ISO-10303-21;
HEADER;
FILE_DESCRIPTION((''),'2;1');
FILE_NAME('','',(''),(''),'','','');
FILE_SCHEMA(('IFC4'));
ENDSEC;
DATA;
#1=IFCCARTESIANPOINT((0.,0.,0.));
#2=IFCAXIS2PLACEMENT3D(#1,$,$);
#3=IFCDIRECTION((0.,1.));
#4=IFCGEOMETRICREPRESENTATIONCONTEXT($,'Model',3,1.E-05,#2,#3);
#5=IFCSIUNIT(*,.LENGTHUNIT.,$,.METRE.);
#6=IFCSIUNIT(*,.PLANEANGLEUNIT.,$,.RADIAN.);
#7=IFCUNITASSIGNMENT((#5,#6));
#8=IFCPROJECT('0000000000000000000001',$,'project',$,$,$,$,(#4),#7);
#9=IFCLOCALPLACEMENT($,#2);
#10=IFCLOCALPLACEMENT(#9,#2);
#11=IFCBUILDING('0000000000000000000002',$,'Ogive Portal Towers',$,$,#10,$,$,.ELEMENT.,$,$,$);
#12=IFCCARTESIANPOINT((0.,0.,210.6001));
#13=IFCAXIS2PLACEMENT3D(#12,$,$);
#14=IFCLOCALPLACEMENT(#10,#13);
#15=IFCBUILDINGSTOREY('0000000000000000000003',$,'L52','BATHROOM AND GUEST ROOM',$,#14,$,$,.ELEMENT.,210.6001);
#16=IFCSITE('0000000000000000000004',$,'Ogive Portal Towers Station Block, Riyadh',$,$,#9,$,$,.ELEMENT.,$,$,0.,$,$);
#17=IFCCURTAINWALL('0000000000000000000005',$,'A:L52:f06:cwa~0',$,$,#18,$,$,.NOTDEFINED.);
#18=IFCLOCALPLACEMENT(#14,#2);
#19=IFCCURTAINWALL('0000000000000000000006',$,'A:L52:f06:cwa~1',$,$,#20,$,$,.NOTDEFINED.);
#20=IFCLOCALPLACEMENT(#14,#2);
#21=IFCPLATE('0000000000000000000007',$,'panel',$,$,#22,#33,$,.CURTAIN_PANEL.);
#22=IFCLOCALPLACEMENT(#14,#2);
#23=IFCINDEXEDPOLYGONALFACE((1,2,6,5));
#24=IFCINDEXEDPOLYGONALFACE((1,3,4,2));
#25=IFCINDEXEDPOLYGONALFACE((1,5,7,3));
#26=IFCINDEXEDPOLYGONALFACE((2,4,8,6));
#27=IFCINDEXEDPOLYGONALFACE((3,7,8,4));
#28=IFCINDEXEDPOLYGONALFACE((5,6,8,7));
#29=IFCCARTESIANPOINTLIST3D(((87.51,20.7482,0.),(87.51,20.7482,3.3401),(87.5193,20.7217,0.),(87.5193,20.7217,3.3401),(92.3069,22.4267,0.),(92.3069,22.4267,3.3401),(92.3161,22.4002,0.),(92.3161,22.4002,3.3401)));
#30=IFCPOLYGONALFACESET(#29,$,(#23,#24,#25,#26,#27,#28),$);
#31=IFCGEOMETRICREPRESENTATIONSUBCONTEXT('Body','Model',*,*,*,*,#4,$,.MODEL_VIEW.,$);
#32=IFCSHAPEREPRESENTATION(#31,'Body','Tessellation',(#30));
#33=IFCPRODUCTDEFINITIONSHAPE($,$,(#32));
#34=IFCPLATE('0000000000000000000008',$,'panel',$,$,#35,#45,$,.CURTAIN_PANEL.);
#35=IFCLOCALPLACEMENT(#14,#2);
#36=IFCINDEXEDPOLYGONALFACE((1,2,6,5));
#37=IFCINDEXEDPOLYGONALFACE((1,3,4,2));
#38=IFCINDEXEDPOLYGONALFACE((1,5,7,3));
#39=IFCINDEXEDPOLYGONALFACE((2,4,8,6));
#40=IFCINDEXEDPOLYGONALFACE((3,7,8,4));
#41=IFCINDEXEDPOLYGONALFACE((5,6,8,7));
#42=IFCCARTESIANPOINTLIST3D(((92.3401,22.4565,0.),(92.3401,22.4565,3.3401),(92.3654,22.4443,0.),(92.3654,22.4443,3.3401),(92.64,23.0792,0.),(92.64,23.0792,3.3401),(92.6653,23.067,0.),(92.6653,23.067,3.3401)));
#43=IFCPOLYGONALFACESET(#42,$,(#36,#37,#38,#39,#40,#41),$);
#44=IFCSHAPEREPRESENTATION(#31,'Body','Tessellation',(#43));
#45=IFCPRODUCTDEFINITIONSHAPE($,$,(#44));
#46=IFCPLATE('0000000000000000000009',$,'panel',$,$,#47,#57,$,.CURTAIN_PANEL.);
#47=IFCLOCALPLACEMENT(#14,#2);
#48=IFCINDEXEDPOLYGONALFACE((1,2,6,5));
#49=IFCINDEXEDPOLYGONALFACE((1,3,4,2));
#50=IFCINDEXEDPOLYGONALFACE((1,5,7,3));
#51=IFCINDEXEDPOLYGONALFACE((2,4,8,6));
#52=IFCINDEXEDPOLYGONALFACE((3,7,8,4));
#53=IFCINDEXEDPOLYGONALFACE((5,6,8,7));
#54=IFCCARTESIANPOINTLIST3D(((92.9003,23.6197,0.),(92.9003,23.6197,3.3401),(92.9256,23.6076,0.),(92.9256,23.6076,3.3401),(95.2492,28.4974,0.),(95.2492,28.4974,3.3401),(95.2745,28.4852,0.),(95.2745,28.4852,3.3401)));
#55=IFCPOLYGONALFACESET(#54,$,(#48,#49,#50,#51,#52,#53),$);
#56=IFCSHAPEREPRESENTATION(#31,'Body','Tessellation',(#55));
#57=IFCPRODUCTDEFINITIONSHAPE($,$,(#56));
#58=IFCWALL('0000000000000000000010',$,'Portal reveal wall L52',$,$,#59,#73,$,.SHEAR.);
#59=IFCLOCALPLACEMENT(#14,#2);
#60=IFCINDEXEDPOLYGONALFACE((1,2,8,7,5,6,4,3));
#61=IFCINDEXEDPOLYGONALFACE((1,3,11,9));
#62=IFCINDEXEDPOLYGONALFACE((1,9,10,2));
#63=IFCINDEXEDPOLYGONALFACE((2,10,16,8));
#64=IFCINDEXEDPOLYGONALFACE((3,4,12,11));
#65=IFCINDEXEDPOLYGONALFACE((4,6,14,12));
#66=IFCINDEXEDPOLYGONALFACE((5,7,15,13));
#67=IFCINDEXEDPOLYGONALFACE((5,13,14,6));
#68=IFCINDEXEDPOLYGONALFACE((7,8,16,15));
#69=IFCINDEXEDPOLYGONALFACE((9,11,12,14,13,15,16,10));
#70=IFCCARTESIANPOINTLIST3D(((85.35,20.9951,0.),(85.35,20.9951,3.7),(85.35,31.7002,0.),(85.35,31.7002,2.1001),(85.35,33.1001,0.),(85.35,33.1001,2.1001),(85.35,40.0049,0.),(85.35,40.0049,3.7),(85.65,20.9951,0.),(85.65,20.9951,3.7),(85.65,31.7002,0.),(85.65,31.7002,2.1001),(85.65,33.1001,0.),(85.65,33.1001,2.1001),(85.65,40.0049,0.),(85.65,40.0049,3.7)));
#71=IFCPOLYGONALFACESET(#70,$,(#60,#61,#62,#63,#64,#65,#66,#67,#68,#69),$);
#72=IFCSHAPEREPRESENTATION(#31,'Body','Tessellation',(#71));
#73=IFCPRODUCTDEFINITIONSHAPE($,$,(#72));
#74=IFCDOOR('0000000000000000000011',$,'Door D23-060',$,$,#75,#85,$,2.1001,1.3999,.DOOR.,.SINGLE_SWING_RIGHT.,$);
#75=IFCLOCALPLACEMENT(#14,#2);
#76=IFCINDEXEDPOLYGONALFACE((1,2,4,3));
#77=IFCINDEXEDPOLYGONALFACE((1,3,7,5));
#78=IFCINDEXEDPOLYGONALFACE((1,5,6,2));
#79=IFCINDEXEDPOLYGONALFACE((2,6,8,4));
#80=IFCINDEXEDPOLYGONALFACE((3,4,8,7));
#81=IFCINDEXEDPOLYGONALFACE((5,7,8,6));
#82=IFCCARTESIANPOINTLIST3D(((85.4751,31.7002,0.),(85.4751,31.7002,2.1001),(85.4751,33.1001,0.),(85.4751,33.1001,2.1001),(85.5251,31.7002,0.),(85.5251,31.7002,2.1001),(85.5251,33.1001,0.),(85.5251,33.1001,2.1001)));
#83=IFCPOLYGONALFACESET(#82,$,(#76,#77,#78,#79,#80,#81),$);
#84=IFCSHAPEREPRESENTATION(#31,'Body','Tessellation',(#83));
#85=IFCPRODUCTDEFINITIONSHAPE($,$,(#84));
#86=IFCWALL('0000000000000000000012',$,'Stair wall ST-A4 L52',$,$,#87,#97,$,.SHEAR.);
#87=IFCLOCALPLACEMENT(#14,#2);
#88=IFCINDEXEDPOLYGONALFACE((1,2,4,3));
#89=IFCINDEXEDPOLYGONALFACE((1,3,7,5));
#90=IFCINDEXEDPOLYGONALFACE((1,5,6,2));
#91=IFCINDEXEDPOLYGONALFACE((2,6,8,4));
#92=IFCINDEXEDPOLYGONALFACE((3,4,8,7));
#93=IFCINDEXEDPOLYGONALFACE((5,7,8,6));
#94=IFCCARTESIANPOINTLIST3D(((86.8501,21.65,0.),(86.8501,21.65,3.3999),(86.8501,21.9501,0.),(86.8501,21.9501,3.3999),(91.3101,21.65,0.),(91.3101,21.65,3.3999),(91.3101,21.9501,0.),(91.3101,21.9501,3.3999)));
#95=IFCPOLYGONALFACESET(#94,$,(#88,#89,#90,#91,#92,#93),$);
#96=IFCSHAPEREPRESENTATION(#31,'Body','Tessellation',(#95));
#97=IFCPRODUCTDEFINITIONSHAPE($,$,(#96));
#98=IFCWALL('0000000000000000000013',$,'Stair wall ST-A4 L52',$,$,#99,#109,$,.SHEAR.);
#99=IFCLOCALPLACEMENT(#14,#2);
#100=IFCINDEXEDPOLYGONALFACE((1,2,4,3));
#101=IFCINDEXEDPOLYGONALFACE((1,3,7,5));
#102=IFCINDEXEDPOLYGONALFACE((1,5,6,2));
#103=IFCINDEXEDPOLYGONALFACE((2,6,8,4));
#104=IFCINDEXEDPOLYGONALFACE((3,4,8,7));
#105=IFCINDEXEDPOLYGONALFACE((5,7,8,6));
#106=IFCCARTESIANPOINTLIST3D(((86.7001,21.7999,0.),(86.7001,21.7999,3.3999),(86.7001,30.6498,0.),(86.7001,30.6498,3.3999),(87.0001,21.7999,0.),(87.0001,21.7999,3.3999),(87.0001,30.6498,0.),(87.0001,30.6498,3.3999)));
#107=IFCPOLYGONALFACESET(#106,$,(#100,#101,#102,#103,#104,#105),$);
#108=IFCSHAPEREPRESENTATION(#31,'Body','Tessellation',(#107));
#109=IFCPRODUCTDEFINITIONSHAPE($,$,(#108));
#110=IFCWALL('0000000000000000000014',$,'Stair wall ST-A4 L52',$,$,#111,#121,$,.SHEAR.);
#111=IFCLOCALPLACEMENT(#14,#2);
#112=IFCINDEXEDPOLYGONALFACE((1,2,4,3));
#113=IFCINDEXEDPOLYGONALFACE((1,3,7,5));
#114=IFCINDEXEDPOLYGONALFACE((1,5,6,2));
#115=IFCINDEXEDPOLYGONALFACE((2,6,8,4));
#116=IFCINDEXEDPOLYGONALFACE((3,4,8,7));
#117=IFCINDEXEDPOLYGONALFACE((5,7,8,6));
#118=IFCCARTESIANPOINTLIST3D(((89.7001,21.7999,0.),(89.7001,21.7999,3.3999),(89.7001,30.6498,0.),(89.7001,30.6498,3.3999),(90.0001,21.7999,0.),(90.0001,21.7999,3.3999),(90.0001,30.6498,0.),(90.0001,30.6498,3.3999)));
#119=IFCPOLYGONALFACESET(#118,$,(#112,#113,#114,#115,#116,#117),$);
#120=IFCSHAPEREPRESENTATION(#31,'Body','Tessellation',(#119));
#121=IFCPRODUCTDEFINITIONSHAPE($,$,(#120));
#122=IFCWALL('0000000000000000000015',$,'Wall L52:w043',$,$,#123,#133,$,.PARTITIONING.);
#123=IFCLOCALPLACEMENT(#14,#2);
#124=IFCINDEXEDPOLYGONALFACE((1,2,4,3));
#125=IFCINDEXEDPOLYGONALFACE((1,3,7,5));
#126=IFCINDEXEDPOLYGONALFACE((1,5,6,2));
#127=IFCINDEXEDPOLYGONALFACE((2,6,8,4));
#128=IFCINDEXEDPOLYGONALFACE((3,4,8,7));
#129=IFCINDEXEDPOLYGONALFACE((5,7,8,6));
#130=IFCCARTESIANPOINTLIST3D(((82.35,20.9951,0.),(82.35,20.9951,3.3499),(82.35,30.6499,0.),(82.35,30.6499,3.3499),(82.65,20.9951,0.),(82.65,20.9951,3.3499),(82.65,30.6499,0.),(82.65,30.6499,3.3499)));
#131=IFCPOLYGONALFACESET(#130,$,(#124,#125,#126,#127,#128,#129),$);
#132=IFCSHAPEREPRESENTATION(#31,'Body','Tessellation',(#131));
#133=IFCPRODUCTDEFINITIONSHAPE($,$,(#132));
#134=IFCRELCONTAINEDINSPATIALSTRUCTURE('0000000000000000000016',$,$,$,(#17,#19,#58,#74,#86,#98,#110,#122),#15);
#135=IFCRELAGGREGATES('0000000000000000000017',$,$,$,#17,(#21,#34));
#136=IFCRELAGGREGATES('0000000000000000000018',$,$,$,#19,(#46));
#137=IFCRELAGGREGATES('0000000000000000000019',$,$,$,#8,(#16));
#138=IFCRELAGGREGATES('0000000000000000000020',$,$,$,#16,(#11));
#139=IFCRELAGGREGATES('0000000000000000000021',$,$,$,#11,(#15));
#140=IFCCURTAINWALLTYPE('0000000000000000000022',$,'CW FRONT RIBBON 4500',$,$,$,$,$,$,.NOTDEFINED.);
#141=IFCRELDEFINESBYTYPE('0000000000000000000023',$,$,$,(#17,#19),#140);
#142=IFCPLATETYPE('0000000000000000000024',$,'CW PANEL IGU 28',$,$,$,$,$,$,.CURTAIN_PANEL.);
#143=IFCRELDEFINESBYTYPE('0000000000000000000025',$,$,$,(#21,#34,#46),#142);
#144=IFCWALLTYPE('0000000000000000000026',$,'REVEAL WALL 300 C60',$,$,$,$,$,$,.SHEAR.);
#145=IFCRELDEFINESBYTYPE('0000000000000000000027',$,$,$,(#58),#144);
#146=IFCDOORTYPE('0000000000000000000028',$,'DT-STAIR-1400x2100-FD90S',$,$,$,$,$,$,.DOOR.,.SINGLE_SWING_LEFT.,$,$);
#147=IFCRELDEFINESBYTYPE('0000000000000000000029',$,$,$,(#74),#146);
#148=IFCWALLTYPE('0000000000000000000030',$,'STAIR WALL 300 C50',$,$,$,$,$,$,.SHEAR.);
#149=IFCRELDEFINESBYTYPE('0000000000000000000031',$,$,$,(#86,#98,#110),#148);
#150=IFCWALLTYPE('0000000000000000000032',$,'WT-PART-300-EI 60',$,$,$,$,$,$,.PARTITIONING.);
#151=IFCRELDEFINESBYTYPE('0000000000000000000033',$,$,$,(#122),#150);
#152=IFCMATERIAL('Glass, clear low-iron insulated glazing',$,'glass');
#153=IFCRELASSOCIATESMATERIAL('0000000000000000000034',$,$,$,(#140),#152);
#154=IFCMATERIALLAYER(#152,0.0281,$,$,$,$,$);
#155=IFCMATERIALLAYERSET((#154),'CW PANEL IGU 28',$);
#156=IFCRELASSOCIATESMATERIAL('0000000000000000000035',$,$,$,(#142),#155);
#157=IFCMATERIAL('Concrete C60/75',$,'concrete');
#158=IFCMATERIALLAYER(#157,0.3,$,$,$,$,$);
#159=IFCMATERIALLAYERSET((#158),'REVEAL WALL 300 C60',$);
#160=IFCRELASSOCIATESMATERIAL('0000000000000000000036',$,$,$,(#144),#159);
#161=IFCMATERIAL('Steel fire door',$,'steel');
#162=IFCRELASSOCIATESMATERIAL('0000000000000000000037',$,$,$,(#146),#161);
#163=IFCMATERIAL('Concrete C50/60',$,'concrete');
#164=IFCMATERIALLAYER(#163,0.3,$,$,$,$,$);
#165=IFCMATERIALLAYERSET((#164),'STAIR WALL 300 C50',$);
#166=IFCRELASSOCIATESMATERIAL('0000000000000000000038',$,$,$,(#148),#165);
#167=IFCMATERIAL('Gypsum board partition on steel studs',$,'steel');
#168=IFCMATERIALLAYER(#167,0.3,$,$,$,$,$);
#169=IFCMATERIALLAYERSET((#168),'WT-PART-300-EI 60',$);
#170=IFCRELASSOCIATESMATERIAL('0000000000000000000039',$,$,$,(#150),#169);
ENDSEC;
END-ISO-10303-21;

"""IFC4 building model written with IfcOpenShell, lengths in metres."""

from ifc_helpers import new_model, si_unit, direction, frame, frame_2d, origin, origin_2d, place, context, subcontext, project, spatial, rectangle, extrude, material, layer, layer_set, type_object, element, fill, aggregate, save


model = new_model("IFC4")

# Units and contexts
model_context = context("Model", 3, precision=1e-05, world=origin(), true_north=direction((0.0, 1.0)))
body_context = subcontext(model_context, "Body", "Model", "MODEL_VIEW")
ifc_project = project(units=[si_unit("LENGTHUNIT", "METRE"), si_unit("PLANEANGLEUNIT", "RADIAN")], contexts=[model_context])

# Site, building, storey
site_placement = place(None, origin())
site = spatial("IfcSite", under=ifc_project, at=site_placement, Name="Ogive Portal Towers Station Block, Riyadh", CompositionType="ELEMENT", RefElevation=0.0)
building_placement = place(site_placement, origin())
building = spatial("IfcBuilding", under=site, at=building_placement, Name="Ogive Portal Towers", CompositionType="ELEMENT")
storey_placement = place(building_placement, frame((0.0, 0.0, 210.6001)))
storey = spatial("IfcBuildingStorey", under=building, at=storey_placement, Name="L52", Description="BATHROOM AND GUEST ROOM", CompositionType="ELEMENT", Elevation=210.6001)

# Shared definitions
ifc_material_1 = material(Name="Concrete C60/75", Category="concrete")

# Shared definitions
ifc_material_2 = material(Name="Glass, clear low-iron insulated glazing", Category="glass")
curtain_wall_type = type_object("IfcCurtainWallType", Name="CW FRONT RIBBON 4500", PredefinedType="NOTDEFINED", material=ifc_material_2)

# Curtain wall
curtain_wall_1_placement = place(storey_placement, origin())
curtain_wall_1 = element("IfcCurtainWall", 1, at=curtain_wall_1_placement, inside=storey, type_object=curtain_wall_type, Name="A:L52:f06:cwa~0", PredefinedType="NOTDEFINED")

# Curtain wall
curtain_wall_2_placement = place(storey_placement, origin())
curtain_wall_2 = element("IfcCurtainWall", 2, at=curtain_wall_2_placement, inside=storey, type_object=curtain_wall_type, Name="A:L52:f06:cwa~1", PredefinedType="NOTDEFINED")

# Plates
ifc_layer_1 = layer(ifc_material_2, 0.0281)
ifc_layer_set_1 = layer_set([ifc_layer_1], Name="CW PANEL IGU 28")
plate_type = type_object("IfcPlateType", Name="CW PANEL IGU 28", PredefinedType="CURTAIN_PANEL", material=ifc_layer_set_1)
plate_1_placement = place(storey_placement, frame((89.9131, 21.5742, 0.0), z_axis=(0.0, 0.0, 1.0), x_axis=(0.943883, 0.330279, 0.0)))
plate_1 = element("IfcPlate", 3, at=plate_1_placement, type_object=plate_type, Name="panel", PredefinedType="CURTAIN_PANEL", context=body_context, shape_type="SweptSolid", body=[
    extrude(rectangle(XDim=5.082, YDim=0.0281, at=origin_2d()), origin(), (0.0, 0.0, 1.0), 3.3401),
])
plate_2_placement = place(storey_placement, frame((92.5027, 22.7617, 0.0), z_axis=(0.0, 0.0, 1.0), x_axis=(0.433884, 0.900969, 0.0)))
plate_2 = element("IfcPlate", 4, at=plate_2_placement, type_object=plate_type, Name="panel", PredefinedType="CURTAIN_PANEL", context=body_context, shape_type="SweptSolid", body=[
    extrude(rectangle(XDim=0.6912, YDim=0.0281, at=origin_2d()), origin(), (0.0, 0.0, 1.0), 3.3401),
])
aggregate(curtain_wall_1, [plate_1, plate_2])
plate_3_placement = place(storey_placement, frame((94.0874, 26.0525, 0.0), z_axis=(0.0, 0.0, 1.0), x_axis=(0.433884, 0.900969, 0.0)))
plate_3 = element("IfcPlate", 5, at=plate_3_placement, type_object=plate_type, Name="panel", PredefinedType="CURTAIN_PANEL", context=body_context, shape_type="SweptSolid", body=[
    extrude(rectangle(XDim=5.4138, YDim=0.0281, at=origin_2d()), origin(), (0.0, 0.0, 1.0), 3.3401),
])
aggregate(curtain_wall_2, [plate_3])

# Wall, opening, door
ifc_layer_2 = layer(ifc_material_1, 0.3)
ifc_layer_set_2 = layer_set([ifc_layer_2], Name="REVEAL WALL 300 C60")
wall_type_1 = type_object("IfcWallType", Name="REVEAL WALL 300 C60", PredefinedType="SHEAR", material=ifc_layer_set_2)
wall_1_placement = place(storey_placement, frame((85.5, 20.9951, 0.0), z_axis=(0.0, 0.0, 1.0), x_axis=(0.0, 1.0, 0.0)))
wall_1 = element("IfcWall", 6, at=wall_1_placement, inside=storey, type_object=wall_type_1, Name="Portal reveal wall L52", PredefinedType="SHEAR", context=body_context, shape_type="SweptSolid", body=[
    extrude(rectangle(XDim=19.0098, YDim=0.3, at=frame_2d((9.5049, 0.0))), origin(), (0.0, 0.0, 1.0), 3.7),
])
opening_placement = place(wall_1_placement, frame((10.7051, 0.0, 0.0)))
opening = element("IfcOpeningElement", 7, at=opening_placement, cuts=wall_1, PredefinedType="OPENING", context=body_context, shape_type="SweptSolid", body=[
    extrude(rectangle(XDim=1.3999, YDim=2.1001, at=frame_2d((0.7, 1.05))), frame((0.0, 0.1602, 0.0), z_axis=(0.0, -1.0, 0.0), x_axis=(1.0, 0.0, 0.0)), (0.0, 0.0, 1.0), 0.3201),
])
ifc_material_3 = material(Name="Steel fire door", Category="steel")
door_type = type_object("IfcDoorType", Name="DT-STAIR-1400x2100-FD90S", OperationType="SINGLE_SWING_LEFT", PredefinedType="DOOR", material=ifc_material_3)
door_placement = place(opening_placement, origin())
door = element("IfcDoor", 8, at=door_placement, inside=storey, type_object=door_type, Name="Door D23-060", OperationType="SINGLE_SWING_RIGHT", OverallHeight=2.1001, OverallWidth=1.3999, PredefinedType="DOOR", context=body_context, shape_type="SweptSolid", body=[
    extrude(rectangle(XDim=1.3999, YDim=2.1001, at=frame_2d((0.7, 1.05))), frame((0.0, 0.0249, 0.0), z_axis=(0.0, -1.0, 0.0), x_axis=(1.0, 0.0, 0.0)), (0.0, 0.0, 1.0), 0.05),
])
fill(opening, door)

# Walls
ifc_material_4 = material(Name="Concrete C50/60", Category="concrete")
ifc_layer_3 = layer(ifc_material_4, 0.3)
ifc_layer_set_3 = layer_set([ifc_layer_3], Name="STAIR WALL 300 C50")
wall_type_2 = type_object("IfcWallType", Name="STAIR WALL 300 C50", PredefinedType="SHEAR", material=ifc_layer_set_3)
wall_2_placement = place(storey_placement, frame((86.8501, 21.8, 0.0), z_axis=(0.0, 0.0, 1.0), x_axis=(1.0, 0.0, 0.0)))
element("IfcWall", 9, at=wall_2_placement, inside=storey, type_object=wall_type_2, Name="Stair wall ST-A4 L52", PredefinedType="SHEAR", context=body_context, shape_type="SweptSolid", body=[
    extrude(rectangle(XDim=4.46, YDim=0.3, at=frame_2d((2.23, 0.0))), origin(), (0.0, 0.0, 1.0), 3.3999),
])
for number, where, z_axis, x_axis, name in (
    (10, (86.8501, 21.8, 0.0), (0.0, 0.0, 1.0), (0.0, 1.0, 0.0), "Stair wall ST-A4 L52"),
    (11, (89.8501, 21.8, 0.0), (0.0, 0.0, 1.0), (0.0, 1.0, 0.0), "Stair wall ST-A4 L52"),
):
    element("IfcWall", number, at=place(storey_placement, frame(where, z_axis=z_axis, x_axis=x_axis)), inside=storey, type_object=wall_type_2, Name=name, PredefinedType="SHEAR", context=body_context, shape_type="SweptSolid", body=[
        extrude(rectangle(XDim=8.8499, YDim=0.3, at=frame_2d((4.4248, 0.0))), origin(), (0.0, 0.0, 1.0), 3.3999),
    ])
ifc_material_5 = material(Name="Gypsum board partition on steel studs", Category="steel")
ifc_layer_4 = layer(ifc_material_5, 0.3)
ifc_layer_set_4 = layer_set([ifc_layer_4], Name="WT-PART-300-EI 60")
wall_type_3 = type_object("IfcWallType", Name="WT-PART-300-EI 60", PredefinedType="PARTITIONING", material=ifc_layer_set_4)
wall_3_placement = place(storey_placement, frame((82.5, 20.9951, 0.0), z_axis=(0.0, 0.0, 1.0), x_axis=(0.0, 1.0, 0.0)))
element("IfcWall", 12, at=wall_3_placement, inside=storey, type_object=wall_type_3, Name="Wall L52:w043", PredefinedType="PARTITIONING", context=body_context, shape_type="SweptSolid", body=[
    extrude(rectangle(XDim=9.6548, YDim=0.3, at=frame_2d((4.8274, 0.0))), origin(), (0.0, 0.0, 1.0), 3.3499),
])

save(model, "model.ifc")
